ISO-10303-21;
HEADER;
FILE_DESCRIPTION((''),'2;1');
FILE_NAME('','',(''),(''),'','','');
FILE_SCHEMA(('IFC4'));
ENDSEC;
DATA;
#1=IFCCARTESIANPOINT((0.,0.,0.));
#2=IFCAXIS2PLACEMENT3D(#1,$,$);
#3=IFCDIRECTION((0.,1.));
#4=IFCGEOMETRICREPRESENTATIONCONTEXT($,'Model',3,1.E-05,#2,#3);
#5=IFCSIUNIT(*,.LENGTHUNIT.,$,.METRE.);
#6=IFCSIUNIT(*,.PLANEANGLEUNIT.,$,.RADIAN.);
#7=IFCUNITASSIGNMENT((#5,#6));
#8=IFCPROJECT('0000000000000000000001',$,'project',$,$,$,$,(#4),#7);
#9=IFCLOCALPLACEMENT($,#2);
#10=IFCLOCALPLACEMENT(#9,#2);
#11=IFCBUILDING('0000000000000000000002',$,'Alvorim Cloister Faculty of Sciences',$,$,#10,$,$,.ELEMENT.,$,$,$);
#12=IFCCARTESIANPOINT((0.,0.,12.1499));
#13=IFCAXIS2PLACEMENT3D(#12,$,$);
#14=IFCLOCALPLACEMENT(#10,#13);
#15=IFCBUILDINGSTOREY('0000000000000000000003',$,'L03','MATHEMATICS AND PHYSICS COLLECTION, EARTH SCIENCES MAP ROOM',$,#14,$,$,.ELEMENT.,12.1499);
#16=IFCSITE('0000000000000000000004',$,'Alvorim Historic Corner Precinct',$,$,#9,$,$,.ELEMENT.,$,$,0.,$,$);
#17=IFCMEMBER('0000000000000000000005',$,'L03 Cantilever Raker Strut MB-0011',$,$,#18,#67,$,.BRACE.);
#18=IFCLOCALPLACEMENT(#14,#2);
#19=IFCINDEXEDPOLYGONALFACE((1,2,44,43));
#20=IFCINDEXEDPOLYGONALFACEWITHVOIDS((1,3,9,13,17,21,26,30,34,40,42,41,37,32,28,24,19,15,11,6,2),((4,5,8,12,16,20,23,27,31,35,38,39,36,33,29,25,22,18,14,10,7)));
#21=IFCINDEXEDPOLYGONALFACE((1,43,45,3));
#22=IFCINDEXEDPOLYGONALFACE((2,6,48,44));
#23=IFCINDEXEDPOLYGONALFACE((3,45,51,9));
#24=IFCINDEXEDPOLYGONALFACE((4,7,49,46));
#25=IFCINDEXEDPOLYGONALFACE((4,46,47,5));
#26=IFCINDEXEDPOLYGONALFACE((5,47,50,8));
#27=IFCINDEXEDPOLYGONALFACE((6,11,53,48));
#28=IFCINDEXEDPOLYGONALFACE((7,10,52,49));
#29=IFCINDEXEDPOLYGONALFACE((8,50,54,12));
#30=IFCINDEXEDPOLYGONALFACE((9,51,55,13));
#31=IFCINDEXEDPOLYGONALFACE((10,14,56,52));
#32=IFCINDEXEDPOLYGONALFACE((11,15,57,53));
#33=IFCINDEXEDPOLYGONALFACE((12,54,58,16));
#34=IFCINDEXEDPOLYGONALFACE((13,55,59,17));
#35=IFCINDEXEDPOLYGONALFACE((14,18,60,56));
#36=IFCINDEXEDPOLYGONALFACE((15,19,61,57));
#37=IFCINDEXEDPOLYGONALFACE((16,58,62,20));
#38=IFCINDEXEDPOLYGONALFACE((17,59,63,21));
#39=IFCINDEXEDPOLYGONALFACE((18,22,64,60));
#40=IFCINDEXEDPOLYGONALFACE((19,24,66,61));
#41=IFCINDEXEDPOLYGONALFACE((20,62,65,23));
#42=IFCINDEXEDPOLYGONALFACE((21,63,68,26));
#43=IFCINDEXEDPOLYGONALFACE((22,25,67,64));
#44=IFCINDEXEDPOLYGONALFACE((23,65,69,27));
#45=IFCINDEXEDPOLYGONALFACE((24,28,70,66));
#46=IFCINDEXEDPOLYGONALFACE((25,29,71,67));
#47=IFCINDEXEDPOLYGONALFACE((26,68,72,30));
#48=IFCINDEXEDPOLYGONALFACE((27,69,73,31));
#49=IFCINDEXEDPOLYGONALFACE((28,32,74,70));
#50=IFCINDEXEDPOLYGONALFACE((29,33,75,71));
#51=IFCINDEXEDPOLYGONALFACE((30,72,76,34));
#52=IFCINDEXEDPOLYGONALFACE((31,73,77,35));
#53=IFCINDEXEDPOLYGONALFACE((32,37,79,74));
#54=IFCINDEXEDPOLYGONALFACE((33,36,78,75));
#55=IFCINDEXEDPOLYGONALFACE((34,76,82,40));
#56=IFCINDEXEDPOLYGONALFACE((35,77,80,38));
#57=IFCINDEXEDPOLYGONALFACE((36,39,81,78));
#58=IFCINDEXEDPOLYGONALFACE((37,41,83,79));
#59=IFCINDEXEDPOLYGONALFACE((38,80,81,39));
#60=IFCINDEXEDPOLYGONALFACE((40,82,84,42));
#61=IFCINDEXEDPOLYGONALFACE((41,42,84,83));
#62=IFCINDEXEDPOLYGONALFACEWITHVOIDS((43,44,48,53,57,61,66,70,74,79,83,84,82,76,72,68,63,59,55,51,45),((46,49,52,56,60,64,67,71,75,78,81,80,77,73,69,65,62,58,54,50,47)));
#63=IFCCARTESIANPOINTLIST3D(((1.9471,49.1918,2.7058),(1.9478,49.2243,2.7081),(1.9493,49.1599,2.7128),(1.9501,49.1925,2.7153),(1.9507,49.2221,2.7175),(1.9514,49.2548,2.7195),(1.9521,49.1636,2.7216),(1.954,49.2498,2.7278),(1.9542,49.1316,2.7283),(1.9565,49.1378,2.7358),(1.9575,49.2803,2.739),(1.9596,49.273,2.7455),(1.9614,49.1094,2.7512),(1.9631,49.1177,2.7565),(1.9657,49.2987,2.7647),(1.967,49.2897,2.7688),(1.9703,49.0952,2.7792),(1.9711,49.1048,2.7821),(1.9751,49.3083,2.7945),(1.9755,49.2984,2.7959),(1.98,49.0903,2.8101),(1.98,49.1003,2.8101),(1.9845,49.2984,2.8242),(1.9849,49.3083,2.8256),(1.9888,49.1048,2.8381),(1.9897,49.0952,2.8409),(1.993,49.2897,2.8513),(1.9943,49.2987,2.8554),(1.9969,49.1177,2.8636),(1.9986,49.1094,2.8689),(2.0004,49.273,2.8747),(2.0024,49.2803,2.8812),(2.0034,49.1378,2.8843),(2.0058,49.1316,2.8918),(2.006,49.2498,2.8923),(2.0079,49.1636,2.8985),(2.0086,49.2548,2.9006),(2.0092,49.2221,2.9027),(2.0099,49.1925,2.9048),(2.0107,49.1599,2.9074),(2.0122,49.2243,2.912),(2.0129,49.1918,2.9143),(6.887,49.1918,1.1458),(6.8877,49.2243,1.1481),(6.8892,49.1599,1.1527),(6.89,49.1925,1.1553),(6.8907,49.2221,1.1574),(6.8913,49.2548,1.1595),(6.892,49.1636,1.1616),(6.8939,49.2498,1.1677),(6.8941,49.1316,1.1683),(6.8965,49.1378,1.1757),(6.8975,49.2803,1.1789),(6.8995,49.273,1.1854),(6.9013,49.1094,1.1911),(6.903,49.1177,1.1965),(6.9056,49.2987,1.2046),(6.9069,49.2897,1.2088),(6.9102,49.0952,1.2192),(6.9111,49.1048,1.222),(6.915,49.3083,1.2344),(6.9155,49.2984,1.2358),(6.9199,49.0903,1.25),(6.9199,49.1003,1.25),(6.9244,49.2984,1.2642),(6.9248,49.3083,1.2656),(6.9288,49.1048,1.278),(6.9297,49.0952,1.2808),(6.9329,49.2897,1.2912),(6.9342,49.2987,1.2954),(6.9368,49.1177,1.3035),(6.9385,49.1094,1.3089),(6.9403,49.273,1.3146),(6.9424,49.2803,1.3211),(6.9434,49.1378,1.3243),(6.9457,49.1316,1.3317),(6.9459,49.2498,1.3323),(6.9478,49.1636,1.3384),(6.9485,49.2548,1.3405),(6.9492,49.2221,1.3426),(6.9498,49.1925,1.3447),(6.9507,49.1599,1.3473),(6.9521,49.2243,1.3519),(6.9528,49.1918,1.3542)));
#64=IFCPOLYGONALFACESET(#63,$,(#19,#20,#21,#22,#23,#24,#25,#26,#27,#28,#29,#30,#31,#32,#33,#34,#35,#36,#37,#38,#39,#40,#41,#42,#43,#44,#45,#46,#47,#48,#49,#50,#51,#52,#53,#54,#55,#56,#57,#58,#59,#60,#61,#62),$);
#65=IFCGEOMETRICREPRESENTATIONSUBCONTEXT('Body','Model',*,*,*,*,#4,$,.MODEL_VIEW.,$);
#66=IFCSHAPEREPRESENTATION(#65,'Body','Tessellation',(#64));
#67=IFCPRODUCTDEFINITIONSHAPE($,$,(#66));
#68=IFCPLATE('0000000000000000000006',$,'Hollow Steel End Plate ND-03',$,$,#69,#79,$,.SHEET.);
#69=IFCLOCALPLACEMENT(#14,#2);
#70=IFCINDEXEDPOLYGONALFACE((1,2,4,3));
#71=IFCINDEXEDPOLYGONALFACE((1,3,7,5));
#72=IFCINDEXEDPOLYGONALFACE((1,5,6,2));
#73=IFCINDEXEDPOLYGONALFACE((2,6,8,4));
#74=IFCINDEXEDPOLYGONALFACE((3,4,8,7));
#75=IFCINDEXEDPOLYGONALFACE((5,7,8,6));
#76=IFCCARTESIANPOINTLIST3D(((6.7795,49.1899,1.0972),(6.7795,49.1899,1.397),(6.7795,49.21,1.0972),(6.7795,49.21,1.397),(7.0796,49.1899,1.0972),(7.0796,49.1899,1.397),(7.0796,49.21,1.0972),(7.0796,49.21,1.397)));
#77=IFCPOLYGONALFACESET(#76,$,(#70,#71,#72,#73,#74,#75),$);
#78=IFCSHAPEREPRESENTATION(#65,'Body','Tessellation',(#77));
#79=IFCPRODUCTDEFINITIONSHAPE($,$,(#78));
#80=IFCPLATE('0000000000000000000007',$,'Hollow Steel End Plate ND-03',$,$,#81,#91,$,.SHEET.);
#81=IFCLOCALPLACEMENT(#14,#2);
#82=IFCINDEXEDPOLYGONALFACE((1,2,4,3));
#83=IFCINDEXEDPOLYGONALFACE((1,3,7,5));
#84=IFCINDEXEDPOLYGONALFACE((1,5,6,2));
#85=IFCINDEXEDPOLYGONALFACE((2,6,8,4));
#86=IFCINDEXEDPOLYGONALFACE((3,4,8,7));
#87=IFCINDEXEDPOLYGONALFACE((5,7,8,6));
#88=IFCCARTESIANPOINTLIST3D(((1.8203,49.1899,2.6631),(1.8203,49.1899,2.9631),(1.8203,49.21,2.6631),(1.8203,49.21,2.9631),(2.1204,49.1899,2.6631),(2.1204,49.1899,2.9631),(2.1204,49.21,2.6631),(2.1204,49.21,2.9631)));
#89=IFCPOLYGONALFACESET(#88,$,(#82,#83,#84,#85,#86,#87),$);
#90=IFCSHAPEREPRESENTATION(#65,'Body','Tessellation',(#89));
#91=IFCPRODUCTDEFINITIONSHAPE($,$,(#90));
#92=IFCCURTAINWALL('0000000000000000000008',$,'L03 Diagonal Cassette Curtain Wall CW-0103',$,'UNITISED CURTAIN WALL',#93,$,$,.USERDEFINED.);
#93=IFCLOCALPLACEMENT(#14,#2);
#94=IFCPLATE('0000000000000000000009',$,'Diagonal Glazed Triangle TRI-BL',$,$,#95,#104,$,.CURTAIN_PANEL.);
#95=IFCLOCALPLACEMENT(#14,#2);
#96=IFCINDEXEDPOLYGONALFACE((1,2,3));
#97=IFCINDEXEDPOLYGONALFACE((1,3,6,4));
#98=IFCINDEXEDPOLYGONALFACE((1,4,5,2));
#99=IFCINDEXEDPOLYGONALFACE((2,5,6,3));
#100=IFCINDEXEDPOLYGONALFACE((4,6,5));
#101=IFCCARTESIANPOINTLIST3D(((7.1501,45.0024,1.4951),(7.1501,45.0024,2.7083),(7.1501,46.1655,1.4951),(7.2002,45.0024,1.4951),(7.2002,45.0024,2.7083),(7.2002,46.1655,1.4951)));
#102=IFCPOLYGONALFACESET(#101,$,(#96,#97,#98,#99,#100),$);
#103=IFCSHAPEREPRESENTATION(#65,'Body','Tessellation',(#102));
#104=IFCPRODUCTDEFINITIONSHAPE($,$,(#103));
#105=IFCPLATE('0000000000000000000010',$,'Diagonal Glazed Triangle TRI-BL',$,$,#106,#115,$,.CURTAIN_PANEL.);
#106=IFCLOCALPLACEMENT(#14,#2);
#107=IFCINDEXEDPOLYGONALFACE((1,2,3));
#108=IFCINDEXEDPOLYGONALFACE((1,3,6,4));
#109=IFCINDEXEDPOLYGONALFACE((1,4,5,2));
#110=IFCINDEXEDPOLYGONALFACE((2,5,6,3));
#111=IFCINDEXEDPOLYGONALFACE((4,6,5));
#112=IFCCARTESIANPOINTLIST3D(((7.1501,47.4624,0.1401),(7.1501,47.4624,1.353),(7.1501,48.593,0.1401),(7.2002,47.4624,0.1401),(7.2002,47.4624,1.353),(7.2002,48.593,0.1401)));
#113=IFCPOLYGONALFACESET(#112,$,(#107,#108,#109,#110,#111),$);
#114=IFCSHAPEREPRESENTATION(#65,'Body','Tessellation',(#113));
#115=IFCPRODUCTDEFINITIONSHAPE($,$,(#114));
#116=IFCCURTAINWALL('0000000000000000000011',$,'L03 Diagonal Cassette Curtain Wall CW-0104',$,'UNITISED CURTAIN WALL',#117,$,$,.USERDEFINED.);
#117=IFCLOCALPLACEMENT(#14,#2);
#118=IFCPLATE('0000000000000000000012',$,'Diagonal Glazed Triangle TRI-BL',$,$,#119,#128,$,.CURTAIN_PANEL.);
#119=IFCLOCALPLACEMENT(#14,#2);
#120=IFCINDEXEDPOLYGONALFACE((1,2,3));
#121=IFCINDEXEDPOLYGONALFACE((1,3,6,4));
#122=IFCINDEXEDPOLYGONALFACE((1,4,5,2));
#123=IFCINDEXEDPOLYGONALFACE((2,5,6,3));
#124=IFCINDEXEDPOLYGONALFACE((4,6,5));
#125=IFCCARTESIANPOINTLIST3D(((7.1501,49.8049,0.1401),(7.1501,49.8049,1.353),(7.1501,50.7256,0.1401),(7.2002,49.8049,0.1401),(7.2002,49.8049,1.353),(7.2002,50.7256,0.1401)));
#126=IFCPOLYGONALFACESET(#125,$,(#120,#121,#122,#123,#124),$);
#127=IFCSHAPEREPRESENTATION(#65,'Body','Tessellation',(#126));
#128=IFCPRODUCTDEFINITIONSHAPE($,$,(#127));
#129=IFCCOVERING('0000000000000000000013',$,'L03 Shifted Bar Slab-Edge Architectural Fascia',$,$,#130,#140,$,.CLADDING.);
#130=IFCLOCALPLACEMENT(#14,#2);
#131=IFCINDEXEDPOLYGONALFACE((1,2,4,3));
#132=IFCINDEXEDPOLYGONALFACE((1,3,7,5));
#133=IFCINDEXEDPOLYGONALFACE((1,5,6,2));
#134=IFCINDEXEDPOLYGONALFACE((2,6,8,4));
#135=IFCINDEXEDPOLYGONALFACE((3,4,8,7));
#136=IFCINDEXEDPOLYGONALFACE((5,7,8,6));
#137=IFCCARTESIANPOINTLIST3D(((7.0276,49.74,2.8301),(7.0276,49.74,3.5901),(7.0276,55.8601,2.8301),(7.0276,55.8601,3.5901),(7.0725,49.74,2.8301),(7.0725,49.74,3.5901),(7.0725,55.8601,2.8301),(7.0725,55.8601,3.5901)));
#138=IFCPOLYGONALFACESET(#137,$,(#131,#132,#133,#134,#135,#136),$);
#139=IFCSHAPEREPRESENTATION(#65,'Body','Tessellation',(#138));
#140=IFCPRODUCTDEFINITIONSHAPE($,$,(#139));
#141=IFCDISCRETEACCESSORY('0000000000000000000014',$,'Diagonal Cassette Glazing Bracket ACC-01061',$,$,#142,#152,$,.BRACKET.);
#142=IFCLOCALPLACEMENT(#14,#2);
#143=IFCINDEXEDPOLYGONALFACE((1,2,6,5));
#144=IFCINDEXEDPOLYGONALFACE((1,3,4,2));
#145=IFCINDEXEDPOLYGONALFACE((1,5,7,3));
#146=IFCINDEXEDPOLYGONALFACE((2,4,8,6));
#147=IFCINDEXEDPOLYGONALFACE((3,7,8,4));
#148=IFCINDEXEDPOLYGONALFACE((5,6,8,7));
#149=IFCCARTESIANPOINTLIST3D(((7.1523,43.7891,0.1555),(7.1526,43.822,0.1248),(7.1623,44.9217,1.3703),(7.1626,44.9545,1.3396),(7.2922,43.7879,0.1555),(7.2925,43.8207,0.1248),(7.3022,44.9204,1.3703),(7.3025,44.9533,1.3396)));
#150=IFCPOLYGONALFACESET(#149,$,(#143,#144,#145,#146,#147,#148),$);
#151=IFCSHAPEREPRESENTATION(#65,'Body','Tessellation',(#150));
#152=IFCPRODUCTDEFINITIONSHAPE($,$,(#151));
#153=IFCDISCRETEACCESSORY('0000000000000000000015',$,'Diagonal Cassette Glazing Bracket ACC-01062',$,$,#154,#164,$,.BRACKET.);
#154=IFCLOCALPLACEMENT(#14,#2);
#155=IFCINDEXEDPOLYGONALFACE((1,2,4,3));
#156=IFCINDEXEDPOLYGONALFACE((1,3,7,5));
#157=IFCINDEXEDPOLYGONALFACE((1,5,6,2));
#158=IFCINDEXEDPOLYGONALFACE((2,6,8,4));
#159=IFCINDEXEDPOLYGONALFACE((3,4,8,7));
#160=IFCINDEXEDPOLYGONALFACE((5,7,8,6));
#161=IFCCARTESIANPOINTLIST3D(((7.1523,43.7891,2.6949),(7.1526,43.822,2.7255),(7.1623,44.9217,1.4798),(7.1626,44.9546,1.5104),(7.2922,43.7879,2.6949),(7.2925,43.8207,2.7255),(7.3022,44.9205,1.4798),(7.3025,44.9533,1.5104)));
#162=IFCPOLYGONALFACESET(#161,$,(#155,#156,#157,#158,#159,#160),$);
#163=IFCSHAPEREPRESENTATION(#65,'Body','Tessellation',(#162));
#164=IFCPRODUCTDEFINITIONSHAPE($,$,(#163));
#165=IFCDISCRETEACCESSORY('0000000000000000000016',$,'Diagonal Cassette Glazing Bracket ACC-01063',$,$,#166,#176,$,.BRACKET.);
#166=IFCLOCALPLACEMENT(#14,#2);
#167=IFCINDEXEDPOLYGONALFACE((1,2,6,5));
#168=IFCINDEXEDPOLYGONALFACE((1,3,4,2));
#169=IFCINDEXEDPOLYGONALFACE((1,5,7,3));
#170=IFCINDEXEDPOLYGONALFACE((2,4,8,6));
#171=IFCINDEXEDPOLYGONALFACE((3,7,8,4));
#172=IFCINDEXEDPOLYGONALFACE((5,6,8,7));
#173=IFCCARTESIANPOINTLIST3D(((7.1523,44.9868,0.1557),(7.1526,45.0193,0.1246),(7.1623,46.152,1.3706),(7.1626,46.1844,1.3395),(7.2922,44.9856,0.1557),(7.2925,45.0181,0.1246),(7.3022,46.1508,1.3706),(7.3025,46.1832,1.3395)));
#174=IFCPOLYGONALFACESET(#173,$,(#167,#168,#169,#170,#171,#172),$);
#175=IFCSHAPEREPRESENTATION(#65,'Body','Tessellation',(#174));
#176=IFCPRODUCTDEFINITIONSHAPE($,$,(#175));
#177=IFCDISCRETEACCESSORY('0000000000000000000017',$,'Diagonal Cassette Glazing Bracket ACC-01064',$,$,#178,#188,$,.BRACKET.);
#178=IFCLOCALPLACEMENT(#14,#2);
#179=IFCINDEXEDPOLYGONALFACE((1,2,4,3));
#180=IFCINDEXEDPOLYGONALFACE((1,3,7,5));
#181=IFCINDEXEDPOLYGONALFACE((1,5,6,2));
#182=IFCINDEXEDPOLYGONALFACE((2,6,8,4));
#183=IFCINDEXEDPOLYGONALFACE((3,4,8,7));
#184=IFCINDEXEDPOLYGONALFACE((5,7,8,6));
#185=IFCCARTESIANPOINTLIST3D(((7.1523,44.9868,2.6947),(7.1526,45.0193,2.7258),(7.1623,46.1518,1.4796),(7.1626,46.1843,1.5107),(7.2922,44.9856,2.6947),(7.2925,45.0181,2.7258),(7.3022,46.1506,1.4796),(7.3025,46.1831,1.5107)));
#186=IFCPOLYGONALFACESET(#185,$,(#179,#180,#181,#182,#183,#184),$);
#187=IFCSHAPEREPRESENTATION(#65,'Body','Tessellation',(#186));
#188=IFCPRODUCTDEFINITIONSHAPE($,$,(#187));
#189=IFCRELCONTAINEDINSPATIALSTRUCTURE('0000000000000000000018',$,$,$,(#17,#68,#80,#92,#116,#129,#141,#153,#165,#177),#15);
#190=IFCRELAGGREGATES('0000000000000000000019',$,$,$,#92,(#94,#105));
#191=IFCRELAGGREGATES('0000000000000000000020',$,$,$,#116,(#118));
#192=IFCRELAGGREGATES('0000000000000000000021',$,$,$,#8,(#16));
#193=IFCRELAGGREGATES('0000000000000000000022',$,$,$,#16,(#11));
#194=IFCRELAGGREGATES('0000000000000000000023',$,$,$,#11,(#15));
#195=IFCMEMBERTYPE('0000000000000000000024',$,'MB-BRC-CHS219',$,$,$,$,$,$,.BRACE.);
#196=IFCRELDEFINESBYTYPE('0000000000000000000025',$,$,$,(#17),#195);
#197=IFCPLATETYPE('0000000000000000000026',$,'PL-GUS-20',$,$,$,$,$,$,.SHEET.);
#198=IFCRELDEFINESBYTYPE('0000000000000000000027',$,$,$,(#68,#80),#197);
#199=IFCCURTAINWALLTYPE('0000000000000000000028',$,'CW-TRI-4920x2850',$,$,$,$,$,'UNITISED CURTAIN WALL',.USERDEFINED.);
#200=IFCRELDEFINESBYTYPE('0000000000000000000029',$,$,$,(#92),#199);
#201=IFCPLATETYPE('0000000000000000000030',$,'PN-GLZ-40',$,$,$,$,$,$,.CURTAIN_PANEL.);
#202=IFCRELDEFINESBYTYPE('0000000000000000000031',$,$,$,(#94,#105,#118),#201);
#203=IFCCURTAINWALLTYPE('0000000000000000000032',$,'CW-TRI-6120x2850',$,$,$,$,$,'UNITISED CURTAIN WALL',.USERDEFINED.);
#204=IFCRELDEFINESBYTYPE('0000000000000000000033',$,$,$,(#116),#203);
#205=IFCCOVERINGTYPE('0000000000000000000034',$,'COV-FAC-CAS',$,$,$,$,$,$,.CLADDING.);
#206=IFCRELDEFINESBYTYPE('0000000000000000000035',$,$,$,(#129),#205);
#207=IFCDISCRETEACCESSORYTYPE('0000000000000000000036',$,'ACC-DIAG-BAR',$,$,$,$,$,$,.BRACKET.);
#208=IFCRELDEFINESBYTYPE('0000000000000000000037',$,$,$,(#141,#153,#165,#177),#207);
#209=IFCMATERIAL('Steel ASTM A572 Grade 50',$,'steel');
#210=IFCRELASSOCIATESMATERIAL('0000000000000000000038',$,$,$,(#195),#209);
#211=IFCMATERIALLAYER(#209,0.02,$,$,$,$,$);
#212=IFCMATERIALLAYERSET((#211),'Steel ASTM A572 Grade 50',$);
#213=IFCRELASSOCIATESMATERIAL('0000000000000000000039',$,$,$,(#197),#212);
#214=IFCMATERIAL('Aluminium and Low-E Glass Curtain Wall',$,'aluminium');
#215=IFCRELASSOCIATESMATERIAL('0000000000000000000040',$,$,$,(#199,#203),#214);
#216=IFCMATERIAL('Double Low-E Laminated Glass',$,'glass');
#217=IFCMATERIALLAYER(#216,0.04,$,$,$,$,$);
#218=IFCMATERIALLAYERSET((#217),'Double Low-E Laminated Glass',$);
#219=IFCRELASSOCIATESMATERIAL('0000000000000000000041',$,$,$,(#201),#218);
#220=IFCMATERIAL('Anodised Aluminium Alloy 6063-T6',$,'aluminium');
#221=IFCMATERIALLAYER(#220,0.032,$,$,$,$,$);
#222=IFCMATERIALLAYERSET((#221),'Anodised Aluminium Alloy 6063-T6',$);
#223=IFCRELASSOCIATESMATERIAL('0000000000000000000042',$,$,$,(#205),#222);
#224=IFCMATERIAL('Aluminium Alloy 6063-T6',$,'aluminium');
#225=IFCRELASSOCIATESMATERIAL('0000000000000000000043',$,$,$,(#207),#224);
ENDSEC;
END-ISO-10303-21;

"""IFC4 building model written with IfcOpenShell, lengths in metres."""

from ifc_helpers import new_model, si_unit, direction, frame, origin, origin_2d, place, context, subcontext, project, spatial, polyline, rectangle, hollow_circle, outline, extrude, material, layer, layer_set, material_profile, profile_set, type_object, element, aggregate, save


model = new_model("IFC4")

# Units and contexts
model_context = context("Model", 3, precision=1e-05, world=origin(), true_north=direction((0.0, 1.0)))
body_context = subcontext(model_context, "Body", "Model", "MODEL_VIEW")
ifc_project = project(units=[si_unit("LENGTHUNIT", "METRE"), si_unit("PLANEANGLEUNIT", "RADIAN")], contexts=[model_context])

# Site, building, storey
site_placement = place(None, origin())
site = spatial("IfcSite", under=ifc_project, at=site_placement, Name="Alvorim Historic Corner Precinct", CompositionType="ELEMENT", RefElevation=0.0)
building_placement = place(site_placement, origin())
building = spatial("IfcBuilding", under=site, at=building_placement, Name="Alvorim Cloister Faculty of Sciences", CompositionType="ELEMENT")
storey_placement = place(building_placement, frame((0.0, 0.0, 12.1499)))
storey = spatial("IfcBuildingStorey", under=building, at=storey_placement, Name="L03", Description="MATHEMATICS AND PHYSICS COLLECTION, EARTH SCIENCES MAP ROOM", CompositionType="ELEMENT", Elevation=12.1499)

# Shared definitions
ifc_material_1 = material(Name="Steel ASTM A572 Grade 50", Category="steel")

# Member
ifc_material_profile_1 = material_profile(ifc_material_1, hollow_circle(Radius=0.1096, WallThickness=0.01, at=origin_2d()), Name="CHS219.1x10")
ifc_profile_set_1 = profile_set([ifc_material_profile_1], Name="Steel ASTM A572 Grade 50")
member_type = type_object("IfcMemberType", Name="MB-BRC-CHS219", PredefinedType="BRACE", material=ifc_profile_set_1)
member_placement = place(storey_placement, frame((6.9199, 49.2, 1.25), z_axis=(-0.953578, 0.0, 0.301145), x_axis=(0.0, -1.0, 0.0)))
element("IfcMember", 1, at=member_placement, inside=storey, type_object=member_type, Name="L03 Cantilever Raker Strut MB-0011", PredefinedType="BRACE", context=body_context, shape_type="SweptSolid", body=[
    extrude(hollow_circle(Radius=0.1096, WallThickness=0.01, at=origin_2d()), origin(), (0.0, 0.0, 1.0), 5.1804),
])

# Plates
ifc_layer_1 = layer(ifc_material_1, 0.02)
ifc_layer_set_1 = layer_set([ifc_layer_1], Name="Steel ASTM A572 Grade 50")
plate_type_1 = type_object("IfcPlateType", Name="PL-GUS-20", PredefinedType="SHEET", material=ifc_layer_set_1)
plate_1_placement = place(storey_placement, frame((7.0796, 49.2, 1.0972), z_axis=(0.0, 0.0, 1.0), x_axis=(-1.0, 0.0, 0.0)))
element("IfcPlate", 2, at=plate_1_placement, inside=storey, type_object=plate_type_1, Name="Hollow Steel End Plate ND-03", PredefinedType="SHEET", context=body_context, shape_type="SweptSolid", body=[
    extrude(outline(polyline([(0.0, 0.0), (0.3, 0.0), (0.3, 0.2998), (0.0, 0.2998), (0.0, 0.0)])), frame((0.0, 0.01, 0.0), z_axis=(0.0, -1.0, 0.0), x_axis=(1.0, 0.0, 0.0)), (0.0, 0.0, 1.0), 0.02),
])
plate_2_placement = place(storey_placement, frame((2.1204, 49.2, 2.6631), z_axis=(0.0, 0.0, 1.0), x_axis=(-1.0, 0.0, 0.0)))
element("IfcPlate", 3, at=plate_2_placement, inside=storey, type_object=plate_type_1, Name="Hollow Steel End Plate ND-03", PredefinedType="SHEET", context=body_context, shape_type="SweptSolid", body=[
    extrude(outline(polyline([(0.0, 0.0), (0.3, 0.0), (0.3, 0.3), (0.0, 0.3), (0.0, 0.0)])), frame((0.0, 0.01, 0.0), z_axis=(0.0, -1.0, 0.0), x_axis=(1.0, 0.0, 0.0)), (0.0, 0.0, 1.0), 0.02),
])

# Curtain walls, plates
ifc_material_2 = material(Name="Aluminium and Low-E Glass Curtain Wall", Category="aluminium")
curtain_wall_type_1 = type_object("IfcCurtainWallType", Name="CW-TRI-4920x2850", ElementType="UNITISED CURTAIN WALL", PredefinedType="USERDEFINED", material=ifc_material_2)
curtain_wall_1_placement = place(storey_placement, origin())
curtain_wall_1 = element("IfcCurtainWall", 4, at=curtain_wall_1_placement, inside=storey, type_object=curtain_wall_type_1, Name="L03 Diagonal Cassette Curtain Wall CW-0103", ObjectType="UNITISED CURTAIN WALL", PredefinedType="USERDEFINED")
ifc_material_3 = material(Name="Double Low-E Laminated Glass", Category="glass")
ifc_layer_2 = layer(ifc_material_3, 0.04)
ifc_layer_set_2 = layer_set([ifc_layer_2], Name="Double Low-E Laminated Glass")
plate_type_2 = type_object("IfcPlateType", Name="PN-GLZ-40", PredefinedType="CURTAIN_PANEL", material=ifc_layer_set_2)
plate_3_placement = place(storey_placement, frame((7.175, 45.0024, 1.4951), z_axis=(0.0, 0.0, 1.0), x_axis=(0.0, 1.0, 0.0)))
plate_3 = element("IfcPlate", 5, at=plate_3_placement, type_object=plate_type_2, Name="Diagonal Glazed Triangle TRI-BL", PredefinedType="CURTAIN_PANEL", context=body_context, shape_type="SweptSolid", body=[
    extrude(outline(polyline([(0.0, 0.0), (1.1631, 0.0), (0.0, 1.2131), (0.0, 0.0)])), frame((0.0, 0.0249, 0.0), z_axis=(0.0, -1.0, 0.0), x_axis=(1.0, 0.0, 0.0)), (0.0, 0.0, 1.0), 0.05),
])
plate_4_placement = place(storey_placement, frame((7.175, 47.4624, 0.1401), z_axis=(0.0, 0.0, 1.0), x_axis=(0.0, 1.0, 0.0)))
plate_4 = element("IfcPlate", 6, at=plate_4_placement, type_object=plate_type_2, Name="Diagonal Glazed Triangle TRI-BL", PredefinedType="CURTAIN_PANEL", context=body_context, shape_type="SweptSolid", body=[
    extrude(outline(polyline([(0.0, 0.0), (1.1306, 0.0), (0.0, 1.2129), (0.0, 0.0)])), frame((0.0, 0.0249, 0.0), z_axis=(0.0, -1.0, 0.0), x_axis=(1.0, 0.0, 0.0)), (0.0, 0.0, 1.0), 0.05),
])
aggregate(curtain_wall_1, [plate_3, plate_4])
curtain_wall_type_2 = type_object("IfcCurtainWallType", Name="CW-TRI-6120x2850", ElementType="UNITISED CURTAIN WALL", PredefinedType="USERDEFINED", material=ifc_material_2)
curtain_wall_2_placement = place(storey_placement, origin())
curtain_wall_2 = element("IfcCurtainWall", 7, at=curtain_wall_2_placement, inside=storey, type_object=curtain_wall_type_2, Name="L03 Diagonal Cassette Curtain Wall CW-0104", ObjectType="UNITISED CURTAIN WALL", PredefinedType="USERDEFINED")
plate_5_placement = place(storey_placement, frame((7.175, 49.8049, 0.1401), z_axis=(0.0, 0.0, 1.0), x_axis=(0.0, 1.0, 0.0)))
plate_5 = element("IfcPlate", 8, at=plate_5_placement, type_object=plate_type_2, Name="Diagonal Glazed Triangle TRI-BL", PredefinedType="CURTAIN_PANEL", context=body_context, shape_type="SweptSolid", body=[
    extrude(outline(polyline([(0.0, 0.0), (0.9207, 0.0), (0.0, 1.2129), (0.0, 0.0)])), frame((0.0, 0.0249, 0.0), z_axis=(0.0, -1.0, 0.0), x_axis=(1.0, 0.0, 0.0)), (0.0, 0.0, 1.0), 0.05),
])
aggregate(curtain_wall_2, [plate_5])

# Covering
ifc_material_4 = material(Name="Anodised Aluminium Alloy 6063-T6", Category="aluminium")
ifc_layer_3 = layer(ifc_material_4, 0.032)
ifc_layer_set_3 = layer_set([ifc_layer_3], Name="Anodised Aluminium Alloy 6063-T6")
covering_type = type_object("IfcCoveringType", Name="COV-FAC-CAS", PredefinedType="CLADDING", material=ifc_layer_set_3)
covering_placement = place(storey_placement, frame((7.05, 49.74, 2.8301), z_axis=(0.0, 0.0, 1.0), x_axis=(0.0, 1.0, 0.0)))
element("IfcCovering", 9, at=covering_placement, inside=storey, type_object=covering_type, Name="L03 Shifted Bar Slab-Edge Architectural Fascia", PredefinedType="CLADDING", context=body_context, shape_type="SweptSolid", body=[
    extrude(outline(polyline([(0.0, 0.0), (6.1201, 0.0), (6.1201, 0.76), (0.0, 0.76), (0.0, 0.0)])), frame((0.0, 0.0225, 0.0), z_axis=(0.0, -1.0, 0.0), x_axis=(1.0, 0.0, 0.0)), (0.0, 0.0, 1.0), 0.0449),
])

# Discrete accessories
ifc_material_5 = material(Name="Aluminium Alloy 6063-T6", Category="aluminium")
discrete_accessory_type = type_object("IfcDiscreteAccessoryType", Name="ACC-DIAG-BAR", PredefinedType="BRACKET", material=ifc_material_5)
discrete_accessory_1_placement = place(storey_placement, frame((7.2224, 43.8049, 0.1401), z_axis=(0.006027, 0.681892, 0.731428), x_axis=(-0.999961, 0.008838, 0.0)))
element("IfcDiscreteAccessory", 10, at=discrete_accessory_1_placement, inside=storey, type_object=discrete_accessory_type, Name="Diagonal Cassette Glazing Bracket ACC-01061", PredefinedType="BRACKET", context=body_context, shape_type="SweptSolid", body=[
    extrude(rectangle(XDim=0.1399, YDim=0.0449, at=origin_2d()), origin(), (0.0, 0.0, 1.0), 1.6609),
])
discrete_accessory_2_placement = place(storey_placement, frame((7.2224, 43.8049, 2.7102), z_axis=(0.006026, 0.681819, -0.731496), x_axis=(-0.999961, 0.008838, 0.0)))
element("IfcDiscreteAccessory", 11, at=discrete_accessory_2_placement, inside=storey, type_object=discrete_accessory_type, Name="Diagonal Cassette Glazing Bracket ACC-01062", PredefinedType="BRACKET", context=body_context, shape_type="SweptSolid", body=[
    extrude(rectangle(XDim=0.1399, YDim=0.0449, at=origin_2d()), origin(), (0.0, 0.0, 1.0), 1.6611),
])
for number, where, z_axis, x_axis, name in (
    (12, (7.2224, 45.0024, 0.1401), (0.005947, 0.692145, 0.721734), (-0.999963, 0.008591, 0.0), "Diagonal Cassette Glazing Bracket ACC-01063"),
    (13, (7.2224, 45.0024, 2.7102), (0.005946, 0.692073, -0.721803), (-0.999963, 0.008591, 0.0), "Diagonal Cassette Glazing Bracket ACC-01064"),
):
    element("IfcDiscreteAccessory", number, at=place(storey_placement, frame(where, z_axis=z_axis, x_axis=x_axis)), inside=storey, type_object=discrete_accessory_type, Name=name, PredefinedType="BRACKET", context=body_context, shape_type="SweptSolid", body=[
        extrude(rectangle(XDim=0.1399, YDim=0.0449, at=origin_2d()), origin(), (0.0, 0.0, 1.0), 1.6833),
    ])

save(model, "model.ifc")
